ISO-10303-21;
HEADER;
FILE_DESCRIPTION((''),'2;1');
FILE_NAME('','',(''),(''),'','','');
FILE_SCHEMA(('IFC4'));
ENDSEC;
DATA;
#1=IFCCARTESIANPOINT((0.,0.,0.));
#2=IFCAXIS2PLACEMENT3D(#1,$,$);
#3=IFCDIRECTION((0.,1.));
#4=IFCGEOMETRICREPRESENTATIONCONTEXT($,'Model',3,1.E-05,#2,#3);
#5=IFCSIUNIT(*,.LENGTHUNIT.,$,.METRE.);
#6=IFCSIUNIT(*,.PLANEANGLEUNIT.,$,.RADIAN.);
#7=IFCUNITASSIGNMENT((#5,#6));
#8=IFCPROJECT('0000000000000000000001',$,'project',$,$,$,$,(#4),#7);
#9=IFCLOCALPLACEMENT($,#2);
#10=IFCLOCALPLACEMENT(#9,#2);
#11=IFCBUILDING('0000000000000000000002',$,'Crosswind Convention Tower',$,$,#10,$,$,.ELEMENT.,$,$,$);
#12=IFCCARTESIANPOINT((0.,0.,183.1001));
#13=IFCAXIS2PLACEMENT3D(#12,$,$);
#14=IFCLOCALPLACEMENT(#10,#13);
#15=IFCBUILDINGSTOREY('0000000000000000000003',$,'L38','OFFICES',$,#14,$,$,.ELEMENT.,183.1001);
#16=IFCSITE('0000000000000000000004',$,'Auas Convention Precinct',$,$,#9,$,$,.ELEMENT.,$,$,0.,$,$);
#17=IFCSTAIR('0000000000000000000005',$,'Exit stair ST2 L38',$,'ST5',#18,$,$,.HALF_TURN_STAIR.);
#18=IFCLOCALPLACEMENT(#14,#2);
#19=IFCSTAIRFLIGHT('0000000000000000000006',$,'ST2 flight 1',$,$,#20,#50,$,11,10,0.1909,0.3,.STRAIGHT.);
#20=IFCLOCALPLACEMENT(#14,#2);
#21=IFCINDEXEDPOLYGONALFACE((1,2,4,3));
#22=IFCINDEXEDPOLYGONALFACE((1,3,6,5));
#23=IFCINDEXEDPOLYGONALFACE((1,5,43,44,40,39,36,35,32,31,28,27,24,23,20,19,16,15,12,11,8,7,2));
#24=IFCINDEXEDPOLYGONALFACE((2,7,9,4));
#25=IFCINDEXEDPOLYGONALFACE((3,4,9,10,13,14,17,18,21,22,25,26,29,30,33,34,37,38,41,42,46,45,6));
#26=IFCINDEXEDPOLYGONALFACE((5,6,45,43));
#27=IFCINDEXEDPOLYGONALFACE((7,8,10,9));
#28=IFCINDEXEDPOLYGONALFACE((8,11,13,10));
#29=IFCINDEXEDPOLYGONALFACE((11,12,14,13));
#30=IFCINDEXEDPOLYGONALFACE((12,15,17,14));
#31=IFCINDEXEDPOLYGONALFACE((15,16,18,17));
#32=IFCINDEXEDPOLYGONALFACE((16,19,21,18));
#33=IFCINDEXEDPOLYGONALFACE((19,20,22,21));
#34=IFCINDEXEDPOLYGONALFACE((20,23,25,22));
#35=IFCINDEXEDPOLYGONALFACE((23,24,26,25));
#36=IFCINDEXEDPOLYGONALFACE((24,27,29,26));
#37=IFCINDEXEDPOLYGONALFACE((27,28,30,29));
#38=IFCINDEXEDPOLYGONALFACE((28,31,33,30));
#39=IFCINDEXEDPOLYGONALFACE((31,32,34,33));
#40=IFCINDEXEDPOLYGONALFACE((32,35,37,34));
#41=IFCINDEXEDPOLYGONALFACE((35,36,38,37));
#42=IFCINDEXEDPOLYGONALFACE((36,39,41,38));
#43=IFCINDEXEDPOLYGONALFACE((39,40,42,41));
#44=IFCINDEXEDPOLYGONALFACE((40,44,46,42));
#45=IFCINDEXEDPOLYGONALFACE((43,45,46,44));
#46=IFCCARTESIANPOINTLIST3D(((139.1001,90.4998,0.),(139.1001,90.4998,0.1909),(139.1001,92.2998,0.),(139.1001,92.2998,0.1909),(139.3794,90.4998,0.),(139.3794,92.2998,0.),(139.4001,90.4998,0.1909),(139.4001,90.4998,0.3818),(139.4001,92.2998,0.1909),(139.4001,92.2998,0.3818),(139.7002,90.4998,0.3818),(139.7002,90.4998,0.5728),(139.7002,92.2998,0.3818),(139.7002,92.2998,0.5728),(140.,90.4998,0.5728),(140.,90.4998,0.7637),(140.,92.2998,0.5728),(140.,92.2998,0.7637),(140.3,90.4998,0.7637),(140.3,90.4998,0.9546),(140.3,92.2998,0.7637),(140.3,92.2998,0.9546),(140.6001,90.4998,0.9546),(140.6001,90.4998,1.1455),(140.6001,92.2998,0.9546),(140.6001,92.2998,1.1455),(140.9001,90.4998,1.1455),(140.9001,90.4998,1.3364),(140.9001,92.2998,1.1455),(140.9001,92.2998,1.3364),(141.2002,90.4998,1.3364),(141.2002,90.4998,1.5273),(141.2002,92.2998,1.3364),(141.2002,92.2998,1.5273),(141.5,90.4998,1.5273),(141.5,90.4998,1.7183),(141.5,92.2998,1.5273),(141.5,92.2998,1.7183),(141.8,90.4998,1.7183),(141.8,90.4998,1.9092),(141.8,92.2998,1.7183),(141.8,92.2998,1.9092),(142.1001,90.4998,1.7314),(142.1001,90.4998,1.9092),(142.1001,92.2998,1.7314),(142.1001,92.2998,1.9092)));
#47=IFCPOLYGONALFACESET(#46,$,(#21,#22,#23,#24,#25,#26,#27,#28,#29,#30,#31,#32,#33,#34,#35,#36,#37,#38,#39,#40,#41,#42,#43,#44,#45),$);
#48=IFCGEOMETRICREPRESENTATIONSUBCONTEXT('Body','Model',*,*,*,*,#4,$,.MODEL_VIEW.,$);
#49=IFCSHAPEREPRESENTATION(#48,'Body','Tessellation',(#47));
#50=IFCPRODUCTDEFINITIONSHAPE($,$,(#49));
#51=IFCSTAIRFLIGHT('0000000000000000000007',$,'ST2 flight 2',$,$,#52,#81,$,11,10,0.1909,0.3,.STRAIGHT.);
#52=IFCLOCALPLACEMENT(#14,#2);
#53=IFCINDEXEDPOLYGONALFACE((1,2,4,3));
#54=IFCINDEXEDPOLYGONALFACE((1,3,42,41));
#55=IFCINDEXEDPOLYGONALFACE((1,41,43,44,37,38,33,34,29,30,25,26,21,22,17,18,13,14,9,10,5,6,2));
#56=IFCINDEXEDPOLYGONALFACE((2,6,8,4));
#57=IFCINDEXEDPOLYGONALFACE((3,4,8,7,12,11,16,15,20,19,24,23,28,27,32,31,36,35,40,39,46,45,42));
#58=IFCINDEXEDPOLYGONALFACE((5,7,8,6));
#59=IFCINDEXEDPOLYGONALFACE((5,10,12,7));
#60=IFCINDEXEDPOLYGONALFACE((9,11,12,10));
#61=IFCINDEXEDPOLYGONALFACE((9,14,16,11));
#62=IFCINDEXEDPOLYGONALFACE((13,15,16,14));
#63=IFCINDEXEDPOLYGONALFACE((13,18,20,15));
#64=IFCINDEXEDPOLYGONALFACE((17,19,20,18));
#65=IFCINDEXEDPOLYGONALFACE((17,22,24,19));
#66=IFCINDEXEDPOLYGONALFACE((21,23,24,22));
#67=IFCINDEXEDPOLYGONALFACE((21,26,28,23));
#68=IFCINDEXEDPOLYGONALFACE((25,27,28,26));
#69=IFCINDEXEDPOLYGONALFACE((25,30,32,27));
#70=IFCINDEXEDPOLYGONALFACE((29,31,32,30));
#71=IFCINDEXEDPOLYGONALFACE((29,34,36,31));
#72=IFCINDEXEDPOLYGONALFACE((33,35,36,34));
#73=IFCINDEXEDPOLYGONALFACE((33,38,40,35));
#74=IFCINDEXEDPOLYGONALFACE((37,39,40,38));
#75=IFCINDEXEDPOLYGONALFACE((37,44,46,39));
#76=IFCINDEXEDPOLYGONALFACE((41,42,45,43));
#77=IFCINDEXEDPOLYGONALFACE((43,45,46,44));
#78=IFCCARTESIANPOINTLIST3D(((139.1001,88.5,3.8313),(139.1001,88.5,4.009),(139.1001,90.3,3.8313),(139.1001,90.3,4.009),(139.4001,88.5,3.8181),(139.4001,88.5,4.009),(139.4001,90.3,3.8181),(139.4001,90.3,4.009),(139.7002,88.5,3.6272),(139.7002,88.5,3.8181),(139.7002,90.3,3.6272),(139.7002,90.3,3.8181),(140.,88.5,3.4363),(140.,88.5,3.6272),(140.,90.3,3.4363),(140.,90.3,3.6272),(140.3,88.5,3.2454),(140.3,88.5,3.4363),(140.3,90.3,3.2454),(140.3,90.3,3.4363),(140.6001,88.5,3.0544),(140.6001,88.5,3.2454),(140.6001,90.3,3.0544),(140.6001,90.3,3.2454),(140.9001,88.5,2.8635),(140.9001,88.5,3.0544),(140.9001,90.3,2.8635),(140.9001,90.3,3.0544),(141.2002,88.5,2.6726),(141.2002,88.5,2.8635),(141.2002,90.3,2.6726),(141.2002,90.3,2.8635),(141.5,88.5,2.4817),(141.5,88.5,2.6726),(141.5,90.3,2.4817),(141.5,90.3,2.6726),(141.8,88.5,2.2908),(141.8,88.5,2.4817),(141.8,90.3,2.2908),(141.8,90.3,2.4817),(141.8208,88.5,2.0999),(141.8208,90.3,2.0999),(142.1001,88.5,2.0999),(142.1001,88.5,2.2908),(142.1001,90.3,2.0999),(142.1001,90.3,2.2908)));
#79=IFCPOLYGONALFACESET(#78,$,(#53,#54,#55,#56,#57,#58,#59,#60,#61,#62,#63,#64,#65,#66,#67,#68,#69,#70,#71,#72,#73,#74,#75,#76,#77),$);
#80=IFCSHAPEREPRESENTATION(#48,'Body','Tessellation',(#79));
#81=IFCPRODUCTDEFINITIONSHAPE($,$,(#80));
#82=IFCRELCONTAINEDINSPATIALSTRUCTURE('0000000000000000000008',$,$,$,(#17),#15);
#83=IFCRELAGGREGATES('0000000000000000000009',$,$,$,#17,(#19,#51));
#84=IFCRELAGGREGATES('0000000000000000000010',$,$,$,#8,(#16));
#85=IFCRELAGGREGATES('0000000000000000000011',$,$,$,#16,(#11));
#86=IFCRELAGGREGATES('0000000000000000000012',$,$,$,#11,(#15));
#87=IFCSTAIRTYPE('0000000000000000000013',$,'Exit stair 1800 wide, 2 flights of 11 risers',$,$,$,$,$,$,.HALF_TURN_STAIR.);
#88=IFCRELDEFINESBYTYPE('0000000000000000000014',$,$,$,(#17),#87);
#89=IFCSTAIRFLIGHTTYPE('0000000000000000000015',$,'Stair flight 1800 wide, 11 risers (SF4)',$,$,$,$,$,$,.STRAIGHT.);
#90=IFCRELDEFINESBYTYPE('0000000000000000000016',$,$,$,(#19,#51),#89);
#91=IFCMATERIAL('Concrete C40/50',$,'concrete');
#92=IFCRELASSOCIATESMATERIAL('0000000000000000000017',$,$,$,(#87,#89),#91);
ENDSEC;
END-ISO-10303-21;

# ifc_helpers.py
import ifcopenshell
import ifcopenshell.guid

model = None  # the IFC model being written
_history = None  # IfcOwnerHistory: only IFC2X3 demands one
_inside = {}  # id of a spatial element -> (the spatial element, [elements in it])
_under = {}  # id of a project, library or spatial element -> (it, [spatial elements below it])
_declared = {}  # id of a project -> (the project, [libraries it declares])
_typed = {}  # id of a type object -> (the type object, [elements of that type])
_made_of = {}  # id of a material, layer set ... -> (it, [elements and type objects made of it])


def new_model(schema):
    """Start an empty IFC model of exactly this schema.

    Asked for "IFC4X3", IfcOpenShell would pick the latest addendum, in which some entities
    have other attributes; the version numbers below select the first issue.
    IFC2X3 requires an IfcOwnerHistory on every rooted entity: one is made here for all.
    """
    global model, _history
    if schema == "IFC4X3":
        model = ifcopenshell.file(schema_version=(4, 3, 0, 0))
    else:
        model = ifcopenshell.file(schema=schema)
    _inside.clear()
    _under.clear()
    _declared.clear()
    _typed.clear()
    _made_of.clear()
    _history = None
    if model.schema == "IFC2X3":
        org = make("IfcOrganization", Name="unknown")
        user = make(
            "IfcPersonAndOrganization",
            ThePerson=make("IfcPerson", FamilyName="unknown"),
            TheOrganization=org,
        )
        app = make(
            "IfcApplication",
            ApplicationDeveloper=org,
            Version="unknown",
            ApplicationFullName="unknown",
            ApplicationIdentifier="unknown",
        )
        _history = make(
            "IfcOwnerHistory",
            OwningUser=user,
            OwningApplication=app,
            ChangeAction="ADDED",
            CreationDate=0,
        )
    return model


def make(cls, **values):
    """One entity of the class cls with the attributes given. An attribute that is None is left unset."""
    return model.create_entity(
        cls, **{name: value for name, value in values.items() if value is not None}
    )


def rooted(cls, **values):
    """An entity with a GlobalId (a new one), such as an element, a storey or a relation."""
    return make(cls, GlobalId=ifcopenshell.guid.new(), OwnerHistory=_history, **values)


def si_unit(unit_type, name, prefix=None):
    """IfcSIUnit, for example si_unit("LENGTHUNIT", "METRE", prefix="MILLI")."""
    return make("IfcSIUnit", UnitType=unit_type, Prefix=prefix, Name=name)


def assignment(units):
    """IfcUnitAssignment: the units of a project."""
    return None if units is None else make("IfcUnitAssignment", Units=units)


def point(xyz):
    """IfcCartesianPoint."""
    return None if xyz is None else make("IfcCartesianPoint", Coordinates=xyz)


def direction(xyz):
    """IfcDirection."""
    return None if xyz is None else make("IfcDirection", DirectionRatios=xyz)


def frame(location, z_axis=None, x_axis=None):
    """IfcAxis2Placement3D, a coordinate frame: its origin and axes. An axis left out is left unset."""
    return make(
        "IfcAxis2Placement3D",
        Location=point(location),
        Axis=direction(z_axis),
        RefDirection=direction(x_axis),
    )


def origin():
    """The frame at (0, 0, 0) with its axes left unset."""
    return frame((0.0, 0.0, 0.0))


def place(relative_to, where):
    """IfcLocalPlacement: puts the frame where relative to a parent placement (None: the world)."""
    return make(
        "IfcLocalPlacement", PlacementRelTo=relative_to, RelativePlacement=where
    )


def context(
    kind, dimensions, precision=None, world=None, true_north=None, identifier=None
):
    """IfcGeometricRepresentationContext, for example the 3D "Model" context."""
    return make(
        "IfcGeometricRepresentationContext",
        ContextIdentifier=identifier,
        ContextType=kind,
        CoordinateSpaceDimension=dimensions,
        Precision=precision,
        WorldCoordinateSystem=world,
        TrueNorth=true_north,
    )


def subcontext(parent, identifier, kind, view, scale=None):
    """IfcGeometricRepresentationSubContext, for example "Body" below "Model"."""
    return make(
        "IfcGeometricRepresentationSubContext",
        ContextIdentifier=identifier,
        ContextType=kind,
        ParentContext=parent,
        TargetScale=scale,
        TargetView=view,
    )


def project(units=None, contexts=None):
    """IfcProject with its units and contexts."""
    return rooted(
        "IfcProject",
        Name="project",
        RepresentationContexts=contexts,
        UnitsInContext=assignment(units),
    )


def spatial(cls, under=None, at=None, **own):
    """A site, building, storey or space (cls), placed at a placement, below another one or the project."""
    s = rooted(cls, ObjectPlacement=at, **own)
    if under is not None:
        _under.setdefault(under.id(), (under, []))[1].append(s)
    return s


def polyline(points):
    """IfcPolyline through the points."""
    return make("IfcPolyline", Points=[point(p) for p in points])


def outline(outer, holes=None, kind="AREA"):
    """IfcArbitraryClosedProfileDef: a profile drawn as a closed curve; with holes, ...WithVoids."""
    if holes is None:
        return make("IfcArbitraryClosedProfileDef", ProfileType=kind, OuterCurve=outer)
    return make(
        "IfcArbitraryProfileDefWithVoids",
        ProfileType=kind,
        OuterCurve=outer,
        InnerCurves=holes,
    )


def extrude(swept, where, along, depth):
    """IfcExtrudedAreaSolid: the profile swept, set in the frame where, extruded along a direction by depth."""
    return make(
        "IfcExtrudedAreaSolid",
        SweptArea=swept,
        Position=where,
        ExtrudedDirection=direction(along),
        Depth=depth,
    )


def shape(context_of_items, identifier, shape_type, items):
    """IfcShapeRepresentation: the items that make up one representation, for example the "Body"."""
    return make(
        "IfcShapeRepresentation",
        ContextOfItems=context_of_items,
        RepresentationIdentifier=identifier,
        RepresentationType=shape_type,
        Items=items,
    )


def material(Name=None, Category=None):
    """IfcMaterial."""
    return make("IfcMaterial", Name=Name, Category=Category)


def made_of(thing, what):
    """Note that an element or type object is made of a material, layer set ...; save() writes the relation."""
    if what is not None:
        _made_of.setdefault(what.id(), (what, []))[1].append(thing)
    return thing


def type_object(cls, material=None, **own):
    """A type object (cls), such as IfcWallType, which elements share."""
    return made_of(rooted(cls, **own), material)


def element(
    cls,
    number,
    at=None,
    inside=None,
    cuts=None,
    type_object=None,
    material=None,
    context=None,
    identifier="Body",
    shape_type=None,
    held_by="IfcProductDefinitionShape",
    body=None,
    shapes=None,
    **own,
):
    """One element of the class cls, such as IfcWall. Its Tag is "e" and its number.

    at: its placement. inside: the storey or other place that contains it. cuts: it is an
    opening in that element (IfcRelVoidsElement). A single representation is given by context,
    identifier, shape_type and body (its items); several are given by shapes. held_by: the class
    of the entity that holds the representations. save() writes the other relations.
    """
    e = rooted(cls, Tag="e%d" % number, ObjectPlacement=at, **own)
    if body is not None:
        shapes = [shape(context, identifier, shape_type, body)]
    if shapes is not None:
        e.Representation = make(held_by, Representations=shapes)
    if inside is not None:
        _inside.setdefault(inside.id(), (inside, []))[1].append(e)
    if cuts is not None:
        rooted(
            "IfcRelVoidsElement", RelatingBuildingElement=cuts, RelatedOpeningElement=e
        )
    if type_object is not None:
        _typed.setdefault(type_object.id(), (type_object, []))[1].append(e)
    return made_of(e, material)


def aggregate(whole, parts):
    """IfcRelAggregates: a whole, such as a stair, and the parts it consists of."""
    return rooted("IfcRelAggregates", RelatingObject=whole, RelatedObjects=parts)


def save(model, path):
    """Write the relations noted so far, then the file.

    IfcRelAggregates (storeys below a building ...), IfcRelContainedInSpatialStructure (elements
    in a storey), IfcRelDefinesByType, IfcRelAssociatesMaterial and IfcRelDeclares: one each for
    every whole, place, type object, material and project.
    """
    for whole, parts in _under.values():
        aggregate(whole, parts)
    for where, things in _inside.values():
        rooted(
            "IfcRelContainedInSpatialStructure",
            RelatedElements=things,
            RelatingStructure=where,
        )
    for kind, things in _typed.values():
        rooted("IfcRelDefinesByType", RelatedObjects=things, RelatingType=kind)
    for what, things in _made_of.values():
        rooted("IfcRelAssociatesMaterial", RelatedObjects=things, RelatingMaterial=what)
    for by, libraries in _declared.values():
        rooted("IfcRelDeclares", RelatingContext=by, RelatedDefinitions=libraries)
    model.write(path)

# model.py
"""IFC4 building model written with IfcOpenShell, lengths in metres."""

from ifc_helpers import new_model, si_unit, direction, frame, origin, place, context, subcontext, project, spatial, polyline, outline, extrude, material, type_object, element, aggregate, save


model = new_model("IFC4")

# Units and contexts
model_context = context("Model", 3, precision=1e-05, world=origin(), true_north=direction((0.0, 1.0)))
body_context = subcontext(model_context, "Body", "Model", "MODEL_VIEW")
ifc_project = project(units=[si_unit("LENGTHUNIT", "METRE"), si_unit("PLANEANGLEUNIT", "RADIAN")], contexts=[model_context])

# Site, building, storey
site_placement = place(None, origin())
site = spatial("IfcSite", under=ifc_project, at=site_placement, Name="Auas Convention Precinct", CompositionType="ELEMENT", RefElevation=0.0)
building_placement = place(site_placement, origin())
building = spatial("IfcBuilding", under=site, at=building_placement, Name="Crosswind Convention Tower", CompositionType="ELEMENT")
storey_placement = place(building_placement, frame((0.0, 0.0, 183.1001)))
storey = spatial("IfcBuildingStorey", under=building, at=storey_placement, Name="L38", Description="OFFICES", CompositionType="ELEMENT", Elevation=183.1001)

# Stair, stair flights
ifc_material_1 = material(Name="Concrete C40/50", Category="concrete")
stair_type = type_object("IfcStairType", Name="Exit stair 1800 wide, 2 flights of 11 risers", PredefinedType="HALF_TURN_STAIR", material=ifc_material_1)
stair_placement = place(storey_placement, origin())
stair = element("IfcStair", 1, at=stair_placement, inside=storey, type_object=stair_type, Name="Exit stair ST2 L38", ObjectType="ST5", PredefinedType="HALF_TURN_STAIR")
stair_flight_type = type_object("IfcStairFlightType", Name="Stair flight 1800 wide, 11 risers (SF4)", PredefinedType="STRAIGHT", material=ifc_material_1)
stair_flight_1_placement = place(storey_placement, frame((139.1001, 91.3999, 0.0), z_axis=(0.0, 0.0, 1.0), x_axis=(1.0, 0.0, 0.0)))
stair_flight_1 = element("IfcStairFlight", 2, at=stair_flight_1_placement, type_object=stair_flight_type, Name="ST2 flight 1", NumberOfRisers=11, NumberOfTreads=10, PredefinedType="STRAIGHT", RiserHeight=0.1909, TreadLength=0.3, context=body_context, shape_type="SweptSolid", body=[
    extrude(outline(polyline([(0.0, 0.0), (0.0, 0.1909), (0.3, 0.1909), (0.3, 0.3818), (0.6001, 0.3818), (0.6001, 0.5728), (0.8999, 0.5728), (0.8999, 0.7637), (1.2, 0.7637), (1.2, 0.9546), (1.5, 0.9546), (1.5, 1.1455), (1.8, 1.1455), (1.8, 1.3364), (2.1001, 1.3364), (2.1001, 1.5273), (2.3999, 1.5273), (2.3999, 1.7183), (2.7, 1.7183), (2.7, 1.9092), (3.0, 1.9092), (3.0, 2.1001), (3.0, 1.7314), (0.2793, 0.0), (0.0, 0.0)])), frame((0.0, 0.8999, 0.0), z_axis=(0.0, -1.0, 0.0), x_axis=(1.0, 0.0, 0.0)), (0.0, 0.0, 1.0), 1.8),
])
stair_flight_2_placement = place(storey_placement, frame((142.1001, 89.3999, 2.0999), z_axis=(0.0, 0.0, 1.0), x_axis=(-1.0, 0.0, 0.0)))
stair_flight_2 = element("IfcStairFlight", 3, at=stair_flight_2_placement, type_object=stair_flight_type, Name="ST2 flight 2", NumberOfRisers=11, NumberOfTreads=10, PredefinedType="STRAIGHT", RiserHeight=0.1909, TreadLength=0.3, context=body_context, shape_type="SweptSolid", body=[
    extrude(outline(polyline([(0.0, 0.0), (0.0, 0.1909), (0.3, 0.1909), (0.3, 0.3818), (0.6001, 0.3818), (0.6001, 0.5728), (0.8999, 0.5728), (0.8999, 0.7637), (1.2, 0.7637), (1.2, 0.9546), (1.5, 0.9546), (1.5, 1.1455), (1.8, 1.1455), (1.8, 1.3364), (2.1001, 1.3364), (2.1001, 1.5273), (2.3999, 1.5273), (2.3999, 1.7183), (2.7, 1.7183), (2.7, 1.9092), (3.0, 1.9092), (3.0, 2.1001), (3.0, 1.7314), (0.2793, 0.0), (0.0, 0.0)])), frame((0.0, 0.8999, 0.0), z_axis=(0.0, -1.0, 0.0), x_axis=(1.0, 0.0, 0.0)), (0.0, 0.0, 1.0), 1.8),
])
aggregate(stair, [stair_flight_1, stair_flight_2])

save(model, "model.ifc")
